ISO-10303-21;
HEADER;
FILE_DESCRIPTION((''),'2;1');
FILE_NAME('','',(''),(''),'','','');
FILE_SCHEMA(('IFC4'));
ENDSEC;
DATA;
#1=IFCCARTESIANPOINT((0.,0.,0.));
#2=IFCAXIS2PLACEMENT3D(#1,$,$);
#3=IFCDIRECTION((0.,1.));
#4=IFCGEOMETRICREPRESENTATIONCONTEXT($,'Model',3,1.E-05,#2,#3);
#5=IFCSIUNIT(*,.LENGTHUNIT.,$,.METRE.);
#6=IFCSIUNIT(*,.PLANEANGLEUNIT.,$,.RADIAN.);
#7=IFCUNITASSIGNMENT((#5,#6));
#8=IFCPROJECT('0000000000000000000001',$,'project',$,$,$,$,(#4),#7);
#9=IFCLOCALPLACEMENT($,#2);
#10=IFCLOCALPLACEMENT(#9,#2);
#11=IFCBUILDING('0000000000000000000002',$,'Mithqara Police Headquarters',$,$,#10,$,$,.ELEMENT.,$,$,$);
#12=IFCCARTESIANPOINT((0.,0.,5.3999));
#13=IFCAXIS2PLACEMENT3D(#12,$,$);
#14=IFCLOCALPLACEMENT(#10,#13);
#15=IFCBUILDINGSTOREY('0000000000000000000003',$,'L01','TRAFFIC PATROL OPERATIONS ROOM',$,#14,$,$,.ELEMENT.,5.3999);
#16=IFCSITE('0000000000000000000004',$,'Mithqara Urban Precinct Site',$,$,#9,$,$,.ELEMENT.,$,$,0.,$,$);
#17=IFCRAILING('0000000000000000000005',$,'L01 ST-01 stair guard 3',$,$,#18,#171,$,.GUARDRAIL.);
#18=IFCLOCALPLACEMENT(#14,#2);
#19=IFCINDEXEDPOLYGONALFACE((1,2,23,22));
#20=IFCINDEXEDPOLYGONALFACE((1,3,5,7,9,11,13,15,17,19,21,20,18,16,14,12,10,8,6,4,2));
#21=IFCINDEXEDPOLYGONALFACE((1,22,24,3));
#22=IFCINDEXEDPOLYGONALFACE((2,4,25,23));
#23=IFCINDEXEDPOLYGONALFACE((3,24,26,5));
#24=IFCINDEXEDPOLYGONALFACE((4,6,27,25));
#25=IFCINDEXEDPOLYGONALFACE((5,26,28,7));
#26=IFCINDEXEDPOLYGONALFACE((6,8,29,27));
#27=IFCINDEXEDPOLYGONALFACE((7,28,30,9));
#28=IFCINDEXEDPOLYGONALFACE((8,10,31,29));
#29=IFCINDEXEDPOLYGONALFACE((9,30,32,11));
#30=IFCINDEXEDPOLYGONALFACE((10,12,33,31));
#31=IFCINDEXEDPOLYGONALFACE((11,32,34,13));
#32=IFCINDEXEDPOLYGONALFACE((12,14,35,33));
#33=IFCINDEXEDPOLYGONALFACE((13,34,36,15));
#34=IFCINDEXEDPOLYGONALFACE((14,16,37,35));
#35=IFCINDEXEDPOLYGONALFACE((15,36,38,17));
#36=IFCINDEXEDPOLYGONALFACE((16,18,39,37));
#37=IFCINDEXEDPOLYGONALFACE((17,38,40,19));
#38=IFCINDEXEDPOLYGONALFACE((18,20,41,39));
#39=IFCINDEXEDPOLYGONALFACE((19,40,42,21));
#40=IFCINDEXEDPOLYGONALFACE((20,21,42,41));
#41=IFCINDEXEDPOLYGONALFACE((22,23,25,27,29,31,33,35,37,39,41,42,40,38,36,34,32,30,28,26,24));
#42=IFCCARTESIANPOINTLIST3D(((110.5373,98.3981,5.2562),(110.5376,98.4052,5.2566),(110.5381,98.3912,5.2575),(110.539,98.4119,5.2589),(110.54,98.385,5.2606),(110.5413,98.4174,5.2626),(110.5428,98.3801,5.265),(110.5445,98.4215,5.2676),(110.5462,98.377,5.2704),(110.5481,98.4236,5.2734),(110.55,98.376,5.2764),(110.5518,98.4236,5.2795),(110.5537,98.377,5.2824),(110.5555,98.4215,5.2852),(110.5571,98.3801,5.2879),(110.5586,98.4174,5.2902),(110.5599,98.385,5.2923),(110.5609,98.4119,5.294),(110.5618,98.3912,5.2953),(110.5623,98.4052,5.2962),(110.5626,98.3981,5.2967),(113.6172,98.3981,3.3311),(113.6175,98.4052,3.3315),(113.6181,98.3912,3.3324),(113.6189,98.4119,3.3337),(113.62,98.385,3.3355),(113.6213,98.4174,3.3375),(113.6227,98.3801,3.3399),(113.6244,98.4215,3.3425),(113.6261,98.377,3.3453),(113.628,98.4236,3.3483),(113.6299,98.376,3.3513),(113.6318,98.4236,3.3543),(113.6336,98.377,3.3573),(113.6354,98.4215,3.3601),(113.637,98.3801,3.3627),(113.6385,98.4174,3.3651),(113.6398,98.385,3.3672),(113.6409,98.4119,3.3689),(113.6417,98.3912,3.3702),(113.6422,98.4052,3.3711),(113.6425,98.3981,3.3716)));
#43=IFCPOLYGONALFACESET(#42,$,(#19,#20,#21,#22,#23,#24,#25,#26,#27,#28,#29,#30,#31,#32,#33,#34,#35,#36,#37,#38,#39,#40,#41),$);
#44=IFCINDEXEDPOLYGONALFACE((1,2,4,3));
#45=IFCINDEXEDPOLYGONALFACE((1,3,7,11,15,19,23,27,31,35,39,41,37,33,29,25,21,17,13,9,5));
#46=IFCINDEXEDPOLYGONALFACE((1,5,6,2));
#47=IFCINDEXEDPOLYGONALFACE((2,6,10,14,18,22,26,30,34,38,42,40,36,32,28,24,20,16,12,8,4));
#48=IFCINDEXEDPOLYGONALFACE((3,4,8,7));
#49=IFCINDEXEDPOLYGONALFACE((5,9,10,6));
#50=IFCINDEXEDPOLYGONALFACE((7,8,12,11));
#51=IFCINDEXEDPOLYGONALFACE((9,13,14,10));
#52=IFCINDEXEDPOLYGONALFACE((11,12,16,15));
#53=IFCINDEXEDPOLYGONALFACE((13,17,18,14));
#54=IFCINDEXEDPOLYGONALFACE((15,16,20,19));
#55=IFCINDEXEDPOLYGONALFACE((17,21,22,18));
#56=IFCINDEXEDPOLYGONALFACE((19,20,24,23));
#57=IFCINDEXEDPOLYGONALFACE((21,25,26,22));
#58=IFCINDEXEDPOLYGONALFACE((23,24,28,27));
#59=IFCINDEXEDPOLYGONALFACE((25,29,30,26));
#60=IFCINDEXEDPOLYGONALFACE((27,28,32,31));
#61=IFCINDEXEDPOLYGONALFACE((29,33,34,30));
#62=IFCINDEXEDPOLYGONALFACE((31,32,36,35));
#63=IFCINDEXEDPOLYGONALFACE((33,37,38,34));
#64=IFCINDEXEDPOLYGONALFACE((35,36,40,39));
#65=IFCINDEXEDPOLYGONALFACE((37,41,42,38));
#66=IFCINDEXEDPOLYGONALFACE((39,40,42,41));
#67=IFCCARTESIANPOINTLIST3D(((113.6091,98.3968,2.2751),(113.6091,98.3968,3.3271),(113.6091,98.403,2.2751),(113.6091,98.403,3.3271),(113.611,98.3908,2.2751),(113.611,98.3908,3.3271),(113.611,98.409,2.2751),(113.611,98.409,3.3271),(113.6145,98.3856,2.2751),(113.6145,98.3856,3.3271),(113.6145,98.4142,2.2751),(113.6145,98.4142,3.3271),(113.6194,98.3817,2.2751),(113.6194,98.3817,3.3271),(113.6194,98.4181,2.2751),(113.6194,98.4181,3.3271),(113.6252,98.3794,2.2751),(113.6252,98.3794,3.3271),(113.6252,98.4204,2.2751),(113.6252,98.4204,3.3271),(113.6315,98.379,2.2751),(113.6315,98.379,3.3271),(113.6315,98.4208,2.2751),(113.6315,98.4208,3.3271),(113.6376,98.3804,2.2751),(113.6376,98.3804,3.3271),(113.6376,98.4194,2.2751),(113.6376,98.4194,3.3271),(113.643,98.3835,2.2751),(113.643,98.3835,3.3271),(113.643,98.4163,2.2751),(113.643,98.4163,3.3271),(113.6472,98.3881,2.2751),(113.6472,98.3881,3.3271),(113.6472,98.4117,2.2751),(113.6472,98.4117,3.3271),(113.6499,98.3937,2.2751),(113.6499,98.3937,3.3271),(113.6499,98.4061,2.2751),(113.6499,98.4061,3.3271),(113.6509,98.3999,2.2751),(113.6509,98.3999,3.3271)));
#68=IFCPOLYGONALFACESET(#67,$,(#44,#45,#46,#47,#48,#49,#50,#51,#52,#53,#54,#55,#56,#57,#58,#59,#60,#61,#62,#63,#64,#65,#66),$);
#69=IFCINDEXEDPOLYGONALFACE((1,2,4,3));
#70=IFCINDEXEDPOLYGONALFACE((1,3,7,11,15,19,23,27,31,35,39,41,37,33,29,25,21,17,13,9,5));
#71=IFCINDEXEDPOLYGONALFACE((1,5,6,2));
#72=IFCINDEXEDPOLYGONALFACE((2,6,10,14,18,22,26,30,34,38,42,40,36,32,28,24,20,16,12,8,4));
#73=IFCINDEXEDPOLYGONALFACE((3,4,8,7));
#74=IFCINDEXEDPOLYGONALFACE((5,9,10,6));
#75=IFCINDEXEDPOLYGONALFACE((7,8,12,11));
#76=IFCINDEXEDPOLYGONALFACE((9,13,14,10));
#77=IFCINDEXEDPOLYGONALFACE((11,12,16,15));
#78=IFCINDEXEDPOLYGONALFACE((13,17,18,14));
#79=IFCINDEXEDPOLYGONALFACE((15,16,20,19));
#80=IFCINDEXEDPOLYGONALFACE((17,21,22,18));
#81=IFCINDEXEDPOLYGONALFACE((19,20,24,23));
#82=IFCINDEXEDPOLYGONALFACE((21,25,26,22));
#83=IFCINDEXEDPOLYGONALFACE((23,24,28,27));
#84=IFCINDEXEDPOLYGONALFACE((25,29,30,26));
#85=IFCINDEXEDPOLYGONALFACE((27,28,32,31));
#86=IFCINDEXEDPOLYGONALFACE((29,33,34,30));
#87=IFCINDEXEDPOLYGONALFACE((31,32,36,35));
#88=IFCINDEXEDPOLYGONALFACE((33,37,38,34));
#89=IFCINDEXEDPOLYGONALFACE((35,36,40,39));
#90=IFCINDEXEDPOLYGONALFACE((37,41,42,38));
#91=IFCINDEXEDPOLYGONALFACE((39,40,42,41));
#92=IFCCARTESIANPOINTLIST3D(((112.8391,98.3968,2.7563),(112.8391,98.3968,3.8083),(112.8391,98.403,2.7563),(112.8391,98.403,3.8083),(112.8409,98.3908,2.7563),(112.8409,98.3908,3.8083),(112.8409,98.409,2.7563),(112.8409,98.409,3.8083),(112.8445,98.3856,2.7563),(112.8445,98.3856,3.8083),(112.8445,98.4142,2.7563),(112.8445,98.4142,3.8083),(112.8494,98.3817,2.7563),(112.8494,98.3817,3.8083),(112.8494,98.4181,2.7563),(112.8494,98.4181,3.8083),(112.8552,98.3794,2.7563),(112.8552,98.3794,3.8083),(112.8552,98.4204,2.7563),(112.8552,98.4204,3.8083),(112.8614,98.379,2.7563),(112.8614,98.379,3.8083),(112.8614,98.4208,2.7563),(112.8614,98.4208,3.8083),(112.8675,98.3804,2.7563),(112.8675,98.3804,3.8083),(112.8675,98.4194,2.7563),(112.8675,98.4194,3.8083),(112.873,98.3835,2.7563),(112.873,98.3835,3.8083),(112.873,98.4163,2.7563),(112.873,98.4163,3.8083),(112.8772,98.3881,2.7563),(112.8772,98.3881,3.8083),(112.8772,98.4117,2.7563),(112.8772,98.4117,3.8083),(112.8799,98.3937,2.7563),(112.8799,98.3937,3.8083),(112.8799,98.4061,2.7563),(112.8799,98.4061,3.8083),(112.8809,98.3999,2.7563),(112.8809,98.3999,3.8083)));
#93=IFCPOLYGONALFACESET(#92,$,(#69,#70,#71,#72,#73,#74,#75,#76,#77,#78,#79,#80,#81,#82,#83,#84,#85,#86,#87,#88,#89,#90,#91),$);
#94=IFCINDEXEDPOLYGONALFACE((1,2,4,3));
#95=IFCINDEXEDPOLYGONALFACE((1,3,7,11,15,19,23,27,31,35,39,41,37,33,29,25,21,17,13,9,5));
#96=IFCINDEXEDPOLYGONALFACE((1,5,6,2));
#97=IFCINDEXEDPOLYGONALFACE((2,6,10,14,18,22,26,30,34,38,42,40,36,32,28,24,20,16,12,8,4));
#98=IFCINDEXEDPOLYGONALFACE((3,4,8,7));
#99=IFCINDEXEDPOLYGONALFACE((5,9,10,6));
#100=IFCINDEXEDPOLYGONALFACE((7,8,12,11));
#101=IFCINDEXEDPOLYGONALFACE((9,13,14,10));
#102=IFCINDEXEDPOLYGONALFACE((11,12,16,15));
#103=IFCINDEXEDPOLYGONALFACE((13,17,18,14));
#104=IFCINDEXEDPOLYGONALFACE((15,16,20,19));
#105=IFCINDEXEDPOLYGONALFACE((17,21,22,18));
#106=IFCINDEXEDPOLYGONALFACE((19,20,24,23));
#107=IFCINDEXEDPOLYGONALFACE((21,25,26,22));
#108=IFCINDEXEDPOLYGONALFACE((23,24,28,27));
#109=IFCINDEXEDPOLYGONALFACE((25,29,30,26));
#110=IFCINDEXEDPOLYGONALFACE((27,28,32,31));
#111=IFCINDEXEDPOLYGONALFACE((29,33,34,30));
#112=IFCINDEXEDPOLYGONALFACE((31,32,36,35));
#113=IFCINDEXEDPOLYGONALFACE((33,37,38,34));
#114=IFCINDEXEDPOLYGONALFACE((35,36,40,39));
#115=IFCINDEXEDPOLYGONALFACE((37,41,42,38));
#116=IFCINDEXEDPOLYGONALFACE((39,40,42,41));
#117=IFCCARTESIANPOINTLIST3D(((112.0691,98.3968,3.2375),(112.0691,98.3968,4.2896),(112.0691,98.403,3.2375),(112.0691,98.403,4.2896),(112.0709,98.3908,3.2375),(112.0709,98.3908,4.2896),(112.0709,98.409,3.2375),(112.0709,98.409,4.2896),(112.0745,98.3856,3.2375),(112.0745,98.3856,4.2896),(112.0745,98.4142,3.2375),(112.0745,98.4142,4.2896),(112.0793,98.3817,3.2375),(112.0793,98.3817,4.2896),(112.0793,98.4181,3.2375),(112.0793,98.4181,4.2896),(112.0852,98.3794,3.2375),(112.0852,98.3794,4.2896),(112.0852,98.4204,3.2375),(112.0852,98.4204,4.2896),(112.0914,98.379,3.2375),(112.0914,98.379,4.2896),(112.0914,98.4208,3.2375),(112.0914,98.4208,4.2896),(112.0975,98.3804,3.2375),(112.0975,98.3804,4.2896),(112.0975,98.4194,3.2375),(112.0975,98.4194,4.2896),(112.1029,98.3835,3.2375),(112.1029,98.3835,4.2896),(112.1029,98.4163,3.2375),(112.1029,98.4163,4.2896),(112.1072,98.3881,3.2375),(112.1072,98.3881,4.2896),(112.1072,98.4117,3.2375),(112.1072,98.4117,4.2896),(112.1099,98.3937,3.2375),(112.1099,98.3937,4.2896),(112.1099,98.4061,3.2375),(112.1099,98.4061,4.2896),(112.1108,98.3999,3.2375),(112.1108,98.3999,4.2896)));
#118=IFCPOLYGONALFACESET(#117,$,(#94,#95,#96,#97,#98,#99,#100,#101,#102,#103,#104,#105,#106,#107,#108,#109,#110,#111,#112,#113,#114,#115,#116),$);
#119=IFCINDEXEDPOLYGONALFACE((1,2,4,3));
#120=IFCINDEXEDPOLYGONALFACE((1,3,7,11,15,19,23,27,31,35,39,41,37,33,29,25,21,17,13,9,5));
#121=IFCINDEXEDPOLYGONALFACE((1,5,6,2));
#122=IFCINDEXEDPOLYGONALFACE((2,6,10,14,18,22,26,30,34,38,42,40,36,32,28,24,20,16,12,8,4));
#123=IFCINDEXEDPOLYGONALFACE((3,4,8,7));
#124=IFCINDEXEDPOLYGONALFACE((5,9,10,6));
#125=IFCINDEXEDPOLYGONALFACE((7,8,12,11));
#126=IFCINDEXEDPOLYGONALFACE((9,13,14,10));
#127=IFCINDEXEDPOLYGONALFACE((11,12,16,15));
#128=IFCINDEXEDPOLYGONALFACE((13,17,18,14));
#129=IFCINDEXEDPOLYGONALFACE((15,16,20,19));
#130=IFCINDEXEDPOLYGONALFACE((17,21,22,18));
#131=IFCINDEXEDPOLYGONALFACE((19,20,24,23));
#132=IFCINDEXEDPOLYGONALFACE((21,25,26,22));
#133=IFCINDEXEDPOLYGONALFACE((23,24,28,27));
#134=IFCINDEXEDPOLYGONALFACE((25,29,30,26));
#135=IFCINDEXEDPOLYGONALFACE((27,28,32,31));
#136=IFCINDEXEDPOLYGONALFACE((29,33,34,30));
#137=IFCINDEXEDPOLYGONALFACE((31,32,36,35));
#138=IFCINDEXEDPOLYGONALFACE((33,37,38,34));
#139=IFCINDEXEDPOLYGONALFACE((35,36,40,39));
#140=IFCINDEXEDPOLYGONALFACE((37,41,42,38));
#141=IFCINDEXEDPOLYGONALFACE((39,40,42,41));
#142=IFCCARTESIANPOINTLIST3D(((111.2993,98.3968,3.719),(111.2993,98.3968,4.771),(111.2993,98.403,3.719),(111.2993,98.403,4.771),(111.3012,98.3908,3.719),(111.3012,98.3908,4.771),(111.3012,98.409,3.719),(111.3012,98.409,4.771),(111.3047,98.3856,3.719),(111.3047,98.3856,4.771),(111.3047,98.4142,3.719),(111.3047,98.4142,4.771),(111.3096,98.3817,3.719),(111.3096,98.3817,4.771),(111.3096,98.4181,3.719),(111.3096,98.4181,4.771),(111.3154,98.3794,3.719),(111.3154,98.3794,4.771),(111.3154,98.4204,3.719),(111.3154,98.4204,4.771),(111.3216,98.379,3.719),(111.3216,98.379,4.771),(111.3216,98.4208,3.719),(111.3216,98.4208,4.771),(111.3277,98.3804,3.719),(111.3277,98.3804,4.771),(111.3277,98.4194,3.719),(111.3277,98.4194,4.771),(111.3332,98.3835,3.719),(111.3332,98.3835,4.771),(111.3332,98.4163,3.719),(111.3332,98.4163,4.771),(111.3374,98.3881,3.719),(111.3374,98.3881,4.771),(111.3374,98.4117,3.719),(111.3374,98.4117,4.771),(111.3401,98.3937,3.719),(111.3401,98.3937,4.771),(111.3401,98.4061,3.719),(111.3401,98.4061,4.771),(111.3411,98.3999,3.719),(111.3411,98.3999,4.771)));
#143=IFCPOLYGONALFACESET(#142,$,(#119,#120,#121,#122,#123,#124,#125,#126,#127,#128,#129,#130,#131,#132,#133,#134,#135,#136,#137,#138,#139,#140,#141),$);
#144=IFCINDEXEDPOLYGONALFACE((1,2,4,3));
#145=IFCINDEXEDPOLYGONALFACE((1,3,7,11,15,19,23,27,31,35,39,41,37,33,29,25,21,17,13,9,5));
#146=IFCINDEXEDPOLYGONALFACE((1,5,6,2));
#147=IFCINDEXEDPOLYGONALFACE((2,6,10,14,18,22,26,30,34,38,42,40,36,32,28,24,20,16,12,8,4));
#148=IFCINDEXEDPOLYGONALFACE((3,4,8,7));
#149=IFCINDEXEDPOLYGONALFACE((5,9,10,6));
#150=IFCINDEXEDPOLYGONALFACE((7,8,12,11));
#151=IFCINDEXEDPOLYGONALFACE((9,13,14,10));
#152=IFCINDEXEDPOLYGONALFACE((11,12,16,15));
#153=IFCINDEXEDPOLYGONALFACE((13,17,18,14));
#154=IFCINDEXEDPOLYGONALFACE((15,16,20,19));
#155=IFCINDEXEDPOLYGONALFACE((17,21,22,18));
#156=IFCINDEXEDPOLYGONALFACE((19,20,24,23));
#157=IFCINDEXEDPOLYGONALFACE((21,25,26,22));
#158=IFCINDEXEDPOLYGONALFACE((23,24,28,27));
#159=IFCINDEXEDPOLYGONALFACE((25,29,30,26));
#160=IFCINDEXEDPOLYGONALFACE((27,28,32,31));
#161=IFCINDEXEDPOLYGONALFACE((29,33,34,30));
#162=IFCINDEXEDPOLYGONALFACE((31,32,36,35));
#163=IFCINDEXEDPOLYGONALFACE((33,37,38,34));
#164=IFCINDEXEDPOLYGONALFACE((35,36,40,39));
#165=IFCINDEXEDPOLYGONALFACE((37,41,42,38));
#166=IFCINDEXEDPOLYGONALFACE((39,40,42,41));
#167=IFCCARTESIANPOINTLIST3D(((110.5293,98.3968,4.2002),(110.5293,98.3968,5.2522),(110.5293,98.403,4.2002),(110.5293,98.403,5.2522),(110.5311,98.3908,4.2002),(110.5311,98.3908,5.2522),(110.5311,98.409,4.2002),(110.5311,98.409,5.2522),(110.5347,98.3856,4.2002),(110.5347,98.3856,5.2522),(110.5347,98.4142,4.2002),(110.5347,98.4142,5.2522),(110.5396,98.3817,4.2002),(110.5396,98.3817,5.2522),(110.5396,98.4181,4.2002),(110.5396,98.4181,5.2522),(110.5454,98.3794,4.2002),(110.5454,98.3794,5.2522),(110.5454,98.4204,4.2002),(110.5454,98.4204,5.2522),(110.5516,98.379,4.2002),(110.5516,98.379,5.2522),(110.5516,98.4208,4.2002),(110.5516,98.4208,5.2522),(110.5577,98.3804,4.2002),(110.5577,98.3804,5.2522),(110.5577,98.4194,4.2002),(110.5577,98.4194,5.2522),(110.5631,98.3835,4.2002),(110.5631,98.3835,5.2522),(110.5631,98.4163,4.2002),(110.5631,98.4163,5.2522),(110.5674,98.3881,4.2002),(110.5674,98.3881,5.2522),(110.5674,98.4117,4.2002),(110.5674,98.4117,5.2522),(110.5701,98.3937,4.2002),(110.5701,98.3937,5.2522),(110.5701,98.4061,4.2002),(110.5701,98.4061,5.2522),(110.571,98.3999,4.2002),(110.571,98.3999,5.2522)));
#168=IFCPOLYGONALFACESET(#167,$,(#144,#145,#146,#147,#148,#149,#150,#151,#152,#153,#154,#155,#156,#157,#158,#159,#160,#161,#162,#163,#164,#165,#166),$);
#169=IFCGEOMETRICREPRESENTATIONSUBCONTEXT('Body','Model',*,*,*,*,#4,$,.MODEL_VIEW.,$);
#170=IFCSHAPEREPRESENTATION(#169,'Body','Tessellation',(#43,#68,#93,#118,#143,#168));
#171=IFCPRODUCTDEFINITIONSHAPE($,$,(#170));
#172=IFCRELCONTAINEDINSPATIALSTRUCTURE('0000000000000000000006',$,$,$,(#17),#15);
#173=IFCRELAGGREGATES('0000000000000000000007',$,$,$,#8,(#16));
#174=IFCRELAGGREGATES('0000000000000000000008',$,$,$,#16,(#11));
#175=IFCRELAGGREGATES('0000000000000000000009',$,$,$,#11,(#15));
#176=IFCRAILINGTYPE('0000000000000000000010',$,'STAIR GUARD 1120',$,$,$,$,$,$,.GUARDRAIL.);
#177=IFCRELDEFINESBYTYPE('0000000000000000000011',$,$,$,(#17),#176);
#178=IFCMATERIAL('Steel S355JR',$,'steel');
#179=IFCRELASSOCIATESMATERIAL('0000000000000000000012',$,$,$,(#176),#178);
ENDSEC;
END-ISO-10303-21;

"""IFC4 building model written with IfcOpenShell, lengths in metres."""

from ifc_helpers import new_model, si_unit, direction, frame, origin, origin_2d, place, context, subcontext, project, spatial, circle, extrude, material, type_object, element, save


model = new_model("IFC4")

# Units and contexts
model_context = context("Model", 3, precision=1e-05, world=origin(), true_north=direction((0.0, 1.0)))
body_context = subcontext(model_context, "Body", "Model", "MODEL_VIEW")
ifc_project = project(units=[si_unit("LENGTHUNIT", "METRE"), si_unit("PLANEANGLEUNIT", "RADIAN")], contexts=[model_context])

# Site, building, storey
site_placement = place(None, origin())
site = spatial("IfcSite", under=ifc_project, at=site_placement, Name="Mithqara Urban Precinct Site", CompositionType="ELEMENT", RefElevation=0.0)
building_placement = place(site_placement, origin())
building = spatial("IfcBuilding", under=site, at=building_placement, Name="Mithqara Police Headquarters", CompositionType="ELEMENT")
storey_placement = place(building_placement, frame((0.0, 0.0, 5.3999)))
storey = spatial("IfcBuildingStorey", under=building, at=storey_placement, Name="L01", Description="TRAFFIC PATROL OPERATIONS ROOM", CompositionType="ELEMENT", Elevation=5.3999)

# Shared definitions
ifc_material_1 = material(Name="Steel S355JR", Category="steel")

# Railing
railing_type_1 = type_object("IfcRailingType", Name="STAIR GUARD 1120", PredefinedType="GUARDRAIL", material=ifc_material_1)
railing_1_placement = place(storey_placement, frame((113.6299, 98.3999, 2.2751)))
element("IfcRailing", 1, at=railing_1_placement, inside=storey, type_object=railing_type_1, Name="L01 ST-01 stair guard 3", PredefinedType="GUARDRAIL", context=body_context, shape_type="SweptSolid", body=[
    extrude(circle(Radius=0.0239, at=origin_2d()), frame((0.0, 0.0, 1.0762), z_axis=(-0.847979, 0.0, 0.530029), x_axis=(0.0, -1.0, 0.0)), (0.0, 0.0, 1.0), 3.6321),
    extrude(circle(Radius=0.021, at=origin_2d()), origin(), (0.0, 0.0, 1.0), 1.052),
    extrude(circle(Radius=0.021, at=origin_2d()), frame((-0.77, 0.0, 0.4812)), (0.0, 0.0, 1.0), 1.052),
    extrude(circle(Radius=0.021, at=origin_2d()), frame((-1.54, 0.0, 0.9624)), (0.0, 0.0, 1.0), 1.052),
    extrude(circle(Radius=0.021, at=origin_2d()), frame((-2.3098, 0.0, 1.4438)), (0.0, 0.0, 1.0), 1.052),
    extrude(circle(Radius=0.021, at=origin_2d()), frame((-3.0798, 0.0, 1.925)), (0.0, 0.0, 1.0), 1.052),
])

save(model, "model.ifc")
